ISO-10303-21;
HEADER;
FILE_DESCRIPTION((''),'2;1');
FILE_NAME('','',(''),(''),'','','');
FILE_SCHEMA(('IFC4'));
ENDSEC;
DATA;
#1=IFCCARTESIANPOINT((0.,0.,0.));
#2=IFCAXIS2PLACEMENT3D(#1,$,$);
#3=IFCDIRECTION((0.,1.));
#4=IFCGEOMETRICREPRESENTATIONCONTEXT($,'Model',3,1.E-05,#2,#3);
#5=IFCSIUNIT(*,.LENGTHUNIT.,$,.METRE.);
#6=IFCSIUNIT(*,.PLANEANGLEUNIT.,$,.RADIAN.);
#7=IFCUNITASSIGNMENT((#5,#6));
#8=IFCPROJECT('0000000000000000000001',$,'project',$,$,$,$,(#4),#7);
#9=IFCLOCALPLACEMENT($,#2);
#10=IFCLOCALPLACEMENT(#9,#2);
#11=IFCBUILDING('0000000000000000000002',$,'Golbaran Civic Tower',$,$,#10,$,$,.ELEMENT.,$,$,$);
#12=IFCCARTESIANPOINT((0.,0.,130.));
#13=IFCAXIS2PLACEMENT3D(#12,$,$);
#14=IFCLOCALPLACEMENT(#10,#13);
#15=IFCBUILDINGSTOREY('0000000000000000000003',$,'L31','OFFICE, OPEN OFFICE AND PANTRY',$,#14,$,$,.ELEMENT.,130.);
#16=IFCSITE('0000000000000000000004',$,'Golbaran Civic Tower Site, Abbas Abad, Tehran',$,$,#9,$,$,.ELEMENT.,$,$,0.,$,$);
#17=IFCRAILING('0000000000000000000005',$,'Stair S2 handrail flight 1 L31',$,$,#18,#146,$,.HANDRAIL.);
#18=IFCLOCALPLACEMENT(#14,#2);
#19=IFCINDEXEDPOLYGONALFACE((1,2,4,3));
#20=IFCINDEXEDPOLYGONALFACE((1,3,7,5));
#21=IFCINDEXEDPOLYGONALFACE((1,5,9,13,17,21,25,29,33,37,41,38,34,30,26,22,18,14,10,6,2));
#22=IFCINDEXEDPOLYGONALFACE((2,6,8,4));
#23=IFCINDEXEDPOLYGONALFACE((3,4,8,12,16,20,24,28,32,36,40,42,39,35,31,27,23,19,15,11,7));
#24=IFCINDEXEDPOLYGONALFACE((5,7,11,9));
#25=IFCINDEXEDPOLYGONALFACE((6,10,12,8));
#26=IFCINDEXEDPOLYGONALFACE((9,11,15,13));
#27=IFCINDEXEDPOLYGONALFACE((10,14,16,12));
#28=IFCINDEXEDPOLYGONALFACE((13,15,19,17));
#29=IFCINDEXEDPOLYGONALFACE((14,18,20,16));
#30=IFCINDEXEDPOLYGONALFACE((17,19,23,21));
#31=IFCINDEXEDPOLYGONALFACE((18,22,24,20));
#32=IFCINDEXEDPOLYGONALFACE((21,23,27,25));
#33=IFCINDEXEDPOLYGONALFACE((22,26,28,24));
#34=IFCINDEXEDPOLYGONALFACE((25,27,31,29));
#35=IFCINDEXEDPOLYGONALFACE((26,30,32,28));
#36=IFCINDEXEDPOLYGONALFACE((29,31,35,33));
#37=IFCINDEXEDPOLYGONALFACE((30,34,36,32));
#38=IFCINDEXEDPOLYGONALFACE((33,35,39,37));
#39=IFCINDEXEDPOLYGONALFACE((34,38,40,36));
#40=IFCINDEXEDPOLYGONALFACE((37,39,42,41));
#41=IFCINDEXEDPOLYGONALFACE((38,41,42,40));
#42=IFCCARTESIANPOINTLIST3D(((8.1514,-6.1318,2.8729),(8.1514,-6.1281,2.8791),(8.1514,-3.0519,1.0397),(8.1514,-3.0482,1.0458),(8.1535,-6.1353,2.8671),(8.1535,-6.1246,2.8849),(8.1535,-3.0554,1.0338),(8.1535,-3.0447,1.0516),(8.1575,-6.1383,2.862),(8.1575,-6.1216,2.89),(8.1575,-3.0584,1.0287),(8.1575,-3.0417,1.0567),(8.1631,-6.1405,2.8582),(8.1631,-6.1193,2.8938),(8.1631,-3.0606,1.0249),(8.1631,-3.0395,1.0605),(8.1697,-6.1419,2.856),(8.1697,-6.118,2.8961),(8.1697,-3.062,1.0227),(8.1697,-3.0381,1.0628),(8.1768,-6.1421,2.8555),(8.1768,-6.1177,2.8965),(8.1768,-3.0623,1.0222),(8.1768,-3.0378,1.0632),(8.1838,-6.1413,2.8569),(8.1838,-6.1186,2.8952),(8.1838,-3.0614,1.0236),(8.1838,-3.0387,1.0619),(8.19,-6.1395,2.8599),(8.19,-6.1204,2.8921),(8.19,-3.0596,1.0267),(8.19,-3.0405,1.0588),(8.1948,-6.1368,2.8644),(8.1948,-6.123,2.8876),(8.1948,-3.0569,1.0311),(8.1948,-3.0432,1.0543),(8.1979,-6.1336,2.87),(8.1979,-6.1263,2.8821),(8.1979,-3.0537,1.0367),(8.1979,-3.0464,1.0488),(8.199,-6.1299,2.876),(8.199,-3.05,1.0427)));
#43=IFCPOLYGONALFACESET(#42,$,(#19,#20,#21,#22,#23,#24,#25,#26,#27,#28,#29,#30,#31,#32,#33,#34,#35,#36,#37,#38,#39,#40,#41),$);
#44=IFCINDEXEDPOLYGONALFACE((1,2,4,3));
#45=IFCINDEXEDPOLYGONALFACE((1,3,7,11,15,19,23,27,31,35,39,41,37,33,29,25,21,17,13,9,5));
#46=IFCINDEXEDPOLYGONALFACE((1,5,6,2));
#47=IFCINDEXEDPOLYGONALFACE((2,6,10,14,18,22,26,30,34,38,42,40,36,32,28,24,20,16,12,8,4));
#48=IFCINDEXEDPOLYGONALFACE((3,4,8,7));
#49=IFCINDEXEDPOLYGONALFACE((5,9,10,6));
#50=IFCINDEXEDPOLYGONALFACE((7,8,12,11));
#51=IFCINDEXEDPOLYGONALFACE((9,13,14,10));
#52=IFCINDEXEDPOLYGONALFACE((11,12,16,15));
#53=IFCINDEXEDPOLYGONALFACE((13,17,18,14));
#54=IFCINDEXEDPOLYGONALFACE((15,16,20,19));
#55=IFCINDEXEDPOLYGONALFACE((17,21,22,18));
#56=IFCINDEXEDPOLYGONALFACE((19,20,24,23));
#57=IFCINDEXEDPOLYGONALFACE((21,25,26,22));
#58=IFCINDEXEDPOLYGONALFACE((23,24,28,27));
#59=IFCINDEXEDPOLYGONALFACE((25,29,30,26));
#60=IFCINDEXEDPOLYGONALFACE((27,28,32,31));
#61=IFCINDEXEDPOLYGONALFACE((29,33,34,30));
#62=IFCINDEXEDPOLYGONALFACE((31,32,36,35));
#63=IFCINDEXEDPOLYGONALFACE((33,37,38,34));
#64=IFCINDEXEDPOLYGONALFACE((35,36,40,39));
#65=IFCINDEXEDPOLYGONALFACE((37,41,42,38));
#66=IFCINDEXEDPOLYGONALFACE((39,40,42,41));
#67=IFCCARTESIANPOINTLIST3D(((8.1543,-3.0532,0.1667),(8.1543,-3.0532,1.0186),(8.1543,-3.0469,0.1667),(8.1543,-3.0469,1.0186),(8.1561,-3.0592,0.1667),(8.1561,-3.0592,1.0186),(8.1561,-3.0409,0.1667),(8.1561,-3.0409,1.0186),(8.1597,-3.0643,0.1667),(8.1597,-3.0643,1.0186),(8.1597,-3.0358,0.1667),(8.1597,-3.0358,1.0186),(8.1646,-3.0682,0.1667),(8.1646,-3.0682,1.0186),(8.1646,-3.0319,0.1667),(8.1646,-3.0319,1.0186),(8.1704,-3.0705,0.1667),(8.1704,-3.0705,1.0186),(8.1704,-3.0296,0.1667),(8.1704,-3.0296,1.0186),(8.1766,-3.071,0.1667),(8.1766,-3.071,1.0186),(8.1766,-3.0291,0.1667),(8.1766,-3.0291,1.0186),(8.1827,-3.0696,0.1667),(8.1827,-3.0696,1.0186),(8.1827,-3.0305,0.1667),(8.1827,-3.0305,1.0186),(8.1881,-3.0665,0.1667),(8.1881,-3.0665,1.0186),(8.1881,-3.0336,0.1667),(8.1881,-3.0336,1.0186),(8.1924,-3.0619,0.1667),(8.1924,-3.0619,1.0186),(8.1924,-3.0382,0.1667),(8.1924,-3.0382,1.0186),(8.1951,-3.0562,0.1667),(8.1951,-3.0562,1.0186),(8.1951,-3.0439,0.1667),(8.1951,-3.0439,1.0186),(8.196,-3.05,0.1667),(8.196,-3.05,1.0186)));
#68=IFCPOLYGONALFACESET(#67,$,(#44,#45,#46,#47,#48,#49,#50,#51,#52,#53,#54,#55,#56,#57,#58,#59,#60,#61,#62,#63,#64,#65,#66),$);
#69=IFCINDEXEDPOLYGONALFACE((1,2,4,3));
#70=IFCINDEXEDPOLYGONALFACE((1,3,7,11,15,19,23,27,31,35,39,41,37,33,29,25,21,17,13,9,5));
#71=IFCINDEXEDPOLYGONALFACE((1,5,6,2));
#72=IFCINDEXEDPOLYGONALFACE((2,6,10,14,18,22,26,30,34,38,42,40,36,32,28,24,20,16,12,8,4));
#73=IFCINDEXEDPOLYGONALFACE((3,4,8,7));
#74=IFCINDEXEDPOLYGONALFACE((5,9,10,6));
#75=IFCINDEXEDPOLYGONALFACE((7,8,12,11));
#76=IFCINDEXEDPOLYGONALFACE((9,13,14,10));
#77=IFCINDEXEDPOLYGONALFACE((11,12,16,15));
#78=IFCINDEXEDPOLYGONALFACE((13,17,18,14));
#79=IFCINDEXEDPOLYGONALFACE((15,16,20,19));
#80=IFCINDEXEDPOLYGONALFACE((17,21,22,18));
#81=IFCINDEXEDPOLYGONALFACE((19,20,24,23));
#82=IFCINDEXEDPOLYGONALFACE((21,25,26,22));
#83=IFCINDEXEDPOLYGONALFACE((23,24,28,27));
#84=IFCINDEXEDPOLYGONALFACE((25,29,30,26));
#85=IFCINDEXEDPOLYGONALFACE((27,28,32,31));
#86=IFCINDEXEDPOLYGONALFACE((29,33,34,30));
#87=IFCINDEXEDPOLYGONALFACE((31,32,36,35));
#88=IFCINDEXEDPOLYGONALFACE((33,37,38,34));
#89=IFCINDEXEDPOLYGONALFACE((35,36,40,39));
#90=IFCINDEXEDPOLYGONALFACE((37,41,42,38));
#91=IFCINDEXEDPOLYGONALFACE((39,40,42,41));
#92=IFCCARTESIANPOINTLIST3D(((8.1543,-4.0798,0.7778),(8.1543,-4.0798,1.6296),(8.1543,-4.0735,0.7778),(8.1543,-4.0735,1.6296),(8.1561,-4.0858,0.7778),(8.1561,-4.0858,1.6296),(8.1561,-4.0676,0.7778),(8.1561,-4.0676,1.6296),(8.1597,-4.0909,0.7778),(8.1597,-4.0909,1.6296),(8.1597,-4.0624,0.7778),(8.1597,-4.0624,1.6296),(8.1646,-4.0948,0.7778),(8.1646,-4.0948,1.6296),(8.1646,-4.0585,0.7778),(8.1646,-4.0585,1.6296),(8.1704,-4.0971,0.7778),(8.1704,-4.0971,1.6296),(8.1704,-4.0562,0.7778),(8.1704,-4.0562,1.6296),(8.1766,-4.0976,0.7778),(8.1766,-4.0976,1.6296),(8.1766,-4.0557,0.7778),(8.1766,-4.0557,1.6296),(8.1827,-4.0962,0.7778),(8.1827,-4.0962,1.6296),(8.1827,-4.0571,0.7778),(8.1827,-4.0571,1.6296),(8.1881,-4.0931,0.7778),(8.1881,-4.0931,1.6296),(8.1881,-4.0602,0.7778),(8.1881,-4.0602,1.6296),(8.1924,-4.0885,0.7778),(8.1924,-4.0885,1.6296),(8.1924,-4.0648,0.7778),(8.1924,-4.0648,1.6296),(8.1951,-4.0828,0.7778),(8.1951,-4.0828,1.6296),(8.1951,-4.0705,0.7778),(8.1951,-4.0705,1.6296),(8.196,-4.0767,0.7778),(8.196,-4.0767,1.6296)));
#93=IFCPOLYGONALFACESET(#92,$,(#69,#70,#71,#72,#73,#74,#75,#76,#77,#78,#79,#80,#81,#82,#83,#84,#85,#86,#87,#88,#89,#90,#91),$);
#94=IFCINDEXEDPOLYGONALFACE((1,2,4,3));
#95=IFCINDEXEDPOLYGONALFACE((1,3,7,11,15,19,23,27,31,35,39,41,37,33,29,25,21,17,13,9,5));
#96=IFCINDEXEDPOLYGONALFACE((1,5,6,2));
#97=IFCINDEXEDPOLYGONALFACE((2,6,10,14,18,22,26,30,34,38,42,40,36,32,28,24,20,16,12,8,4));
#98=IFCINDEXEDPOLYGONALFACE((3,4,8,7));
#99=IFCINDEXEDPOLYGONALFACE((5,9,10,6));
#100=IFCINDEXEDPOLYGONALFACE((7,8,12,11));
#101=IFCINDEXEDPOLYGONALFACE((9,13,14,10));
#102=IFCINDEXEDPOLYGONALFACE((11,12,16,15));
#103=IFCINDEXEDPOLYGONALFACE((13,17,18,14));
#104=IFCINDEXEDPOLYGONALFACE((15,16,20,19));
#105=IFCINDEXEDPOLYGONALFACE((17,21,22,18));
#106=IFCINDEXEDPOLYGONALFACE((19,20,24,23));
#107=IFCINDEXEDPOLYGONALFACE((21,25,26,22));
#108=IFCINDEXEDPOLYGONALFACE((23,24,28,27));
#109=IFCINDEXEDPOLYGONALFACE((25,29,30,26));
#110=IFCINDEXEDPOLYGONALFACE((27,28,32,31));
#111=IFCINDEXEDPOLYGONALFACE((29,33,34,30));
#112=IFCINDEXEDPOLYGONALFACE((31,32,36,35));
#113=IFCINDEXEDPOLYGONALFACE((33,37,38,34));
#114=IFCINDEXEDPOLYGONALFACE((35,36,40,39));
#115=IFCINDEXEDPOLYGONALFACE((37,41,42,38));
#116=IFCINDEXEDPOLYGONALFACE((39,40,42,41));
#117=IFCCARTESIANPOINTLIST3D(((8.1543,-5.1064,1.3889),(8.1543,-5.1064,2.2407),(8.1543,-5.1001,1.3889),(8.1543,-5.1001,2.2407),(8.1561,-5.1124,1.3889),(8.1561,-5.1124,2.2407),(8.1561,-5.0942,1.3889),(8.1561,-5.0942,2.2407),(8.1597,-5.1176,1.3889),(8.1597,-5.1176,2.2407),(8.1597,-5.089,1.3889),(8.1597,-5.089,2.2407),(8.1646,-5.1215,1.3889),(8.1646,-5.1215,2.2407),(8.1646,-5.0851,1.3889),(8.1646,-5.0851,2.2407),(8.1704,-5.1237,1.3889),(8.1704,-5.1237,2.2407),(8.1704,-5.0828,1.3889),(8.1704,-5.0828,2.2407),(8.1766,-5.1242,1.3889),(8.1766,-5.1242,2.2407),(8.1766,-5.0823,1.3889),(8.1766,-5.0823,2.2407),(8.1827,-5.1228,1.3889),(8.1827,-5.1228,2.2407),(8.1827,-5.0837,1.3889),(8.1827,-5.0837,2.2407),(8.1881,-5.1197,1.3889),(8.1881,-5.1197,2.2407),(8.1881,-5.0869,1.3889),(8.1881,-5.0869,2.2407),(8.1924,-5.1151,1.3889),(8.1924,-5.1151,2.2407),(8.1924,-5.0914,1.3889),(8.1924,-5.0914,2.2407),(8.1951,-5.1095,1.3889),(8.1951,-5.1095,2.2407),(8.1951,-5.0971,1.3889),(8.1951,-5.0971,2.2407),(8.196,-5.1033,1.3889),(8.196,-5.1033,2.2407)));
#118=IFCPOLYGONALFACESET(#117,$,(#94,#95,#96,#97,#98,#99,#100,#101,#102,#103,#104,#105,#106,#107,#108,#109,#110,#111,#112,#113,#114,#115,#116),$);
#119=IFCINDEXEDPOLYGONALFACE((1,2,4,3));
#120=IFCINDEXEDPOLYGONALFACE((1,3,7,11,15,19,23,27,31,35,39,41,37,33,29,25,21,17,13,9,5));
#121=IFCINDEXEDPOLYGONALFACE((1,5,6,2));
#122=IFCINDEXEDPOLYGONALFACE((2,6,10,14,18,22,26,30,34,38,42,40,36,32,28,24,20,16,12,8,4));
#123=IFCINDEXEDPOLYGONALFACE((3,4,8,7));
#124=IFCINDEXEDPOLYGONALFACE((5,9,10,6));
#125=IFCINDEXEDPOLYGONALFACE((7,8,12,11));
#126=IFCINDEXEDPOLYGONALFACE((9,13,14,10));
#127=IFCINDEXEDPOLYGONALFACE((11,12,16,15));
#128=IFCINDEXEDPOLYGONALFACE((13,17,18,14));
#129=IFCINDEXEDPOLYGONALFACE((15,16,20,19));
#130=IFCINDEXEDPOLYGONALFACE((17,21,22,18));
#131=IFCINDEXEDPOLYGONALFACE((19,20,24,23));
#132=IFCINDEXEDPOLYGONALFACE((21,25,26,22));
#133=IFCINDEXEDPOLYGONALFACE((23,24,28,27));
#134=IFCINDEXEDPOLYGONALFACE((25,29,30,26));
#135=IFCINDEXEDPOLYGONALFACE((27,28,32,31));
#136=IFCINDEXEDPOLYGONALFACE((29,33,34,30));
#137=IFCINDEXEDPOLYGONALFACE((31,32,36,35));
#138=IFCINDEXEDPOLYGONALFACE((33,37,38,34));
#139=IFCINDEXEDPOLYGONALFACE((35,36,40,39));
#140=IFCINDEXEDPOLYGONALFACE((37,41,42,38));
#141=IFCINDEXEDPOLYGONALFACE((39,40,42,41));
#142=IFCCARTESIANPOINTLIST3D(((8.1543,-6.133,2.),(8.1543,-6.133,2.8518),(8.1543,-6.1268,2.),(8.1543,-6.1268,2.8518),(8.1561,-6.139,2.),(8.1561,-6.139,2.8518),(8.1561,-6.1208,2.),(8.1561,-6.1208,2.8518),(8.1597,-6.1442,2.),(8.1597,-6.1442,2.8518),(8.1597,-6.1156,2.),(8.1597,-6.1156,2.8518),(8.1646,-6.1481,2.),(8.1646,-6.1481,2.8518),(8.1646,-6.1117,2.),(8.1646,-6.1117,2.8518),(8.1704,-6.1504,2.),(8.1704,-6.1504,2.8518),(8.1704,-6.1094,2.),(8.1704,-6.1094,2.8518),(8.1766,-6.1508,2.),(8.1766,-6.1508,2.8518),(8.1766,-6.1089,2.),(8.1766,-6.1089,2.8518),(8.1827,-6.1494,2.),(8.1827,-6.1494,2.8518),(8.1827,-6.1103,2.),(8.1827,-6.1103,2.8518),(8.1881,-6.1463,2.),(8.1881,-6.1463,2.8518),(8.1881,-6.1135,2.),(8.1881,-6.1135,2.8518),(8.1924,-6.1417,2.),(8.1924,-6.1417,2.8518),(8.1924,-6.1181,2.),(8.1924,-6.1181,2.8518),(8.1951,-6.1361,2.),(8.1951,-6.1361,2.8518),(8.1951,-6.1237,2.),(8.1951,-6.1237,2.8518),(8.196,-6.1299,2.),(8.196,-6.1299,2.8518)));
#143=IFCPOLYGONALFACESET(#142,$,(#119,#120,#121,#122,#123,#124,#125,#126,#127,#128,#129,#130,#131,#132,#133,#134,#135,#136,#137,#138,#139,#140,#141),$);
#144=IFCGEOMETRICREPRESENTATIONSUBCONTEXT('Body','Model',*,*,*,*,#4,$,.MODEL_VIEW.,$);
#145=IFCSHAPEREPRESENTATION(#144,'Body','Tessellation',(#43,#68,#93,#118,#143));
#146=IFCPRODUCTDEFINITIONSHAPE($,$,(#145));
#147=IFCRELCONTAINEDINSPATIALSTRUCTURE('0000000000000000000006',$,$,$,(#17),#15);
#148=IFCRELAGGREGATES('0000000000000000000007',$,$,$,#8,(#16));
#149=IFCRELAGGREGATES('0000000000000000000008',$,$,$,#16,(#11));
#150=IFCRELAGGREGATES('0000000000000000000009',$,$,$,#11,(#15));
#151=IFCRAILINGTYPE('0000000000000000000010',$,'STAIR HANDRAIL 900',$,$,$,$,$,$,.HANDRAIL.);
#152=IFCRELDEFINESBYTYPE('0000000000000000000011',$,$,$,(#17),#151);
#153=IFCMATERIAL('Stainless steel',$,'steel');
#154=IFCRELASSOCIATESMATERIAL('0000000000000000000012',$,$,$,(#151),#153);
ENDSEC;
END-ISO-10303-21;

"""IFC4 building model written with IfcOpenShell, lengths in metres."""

from ifc_helpers import new_model, si_unit, direction, frame, origin, origin_2d, place, context, subcontext, project, spatial, circle, extrude, material, type_object, element, save


model = new_model("IFC4")

# Units and contexts
model_context = context("Model", 3, precision=1e-05, world=origin(), true_north=direction((0.0, 1.0)))
body_context = subcontext(model_context, "Body", "Model", "MODEL_VIEW")
ifc_project = project(units=[si_unit("LENGTHUNIT", "METRE"), si_unit("PLANEANGLEUNIT", "RADIAN")], contexts=[model_context])

# Site, building, storey
site_placement = place(None, origin())
site = spatial("IfcSite", under=ifc_project, at=site_placement, Name="Golbaran Civic Tower Site, Abbas Abad, Tehran", CompositionType="ELEMENT", RefElevation=0.0)
building_placement = place(site_placement, origin())
building = spatial("IfcBuilding", under=site, at=building_placement, Name="Golbaran Civic Tower", CompositionType="ELEMENT")
storey_placement = place(building_placement, frame((0.0, 0.0, 130.0)))
storey = spatial("IfcBuildingStorey", under=building, at=storey_placement, Name="L31", Description="OFFICE, OPEN OFFICE AND PANTRY", CompositionType="ELEMENT", Elevation=130.0)

# Shared definitions
ifc_material_1 = material(Name="Stainless steel", Category="steel")

# Railing
railing_type = type_object("IfcRailingType", Name="STAIR HANDRAIL 900", PredefinedType="HANDRAIL", material=ifc_material_1)
railing_1_placement = place(storey_placement, frame((8.175, -3.05, 0.1667)))
element("IfcRailing", 1, at=railing_1_placement, inside=storey, type_object=railing_type, Name="Stair S2 handrail flight 1 L31", PredefinedType="HANDRAIL", context=body_context, shape_type="SweptSolid", body=[
    extrude(circle(Radius=0.0239, at=origin_2d()), frame((0.0, 0.0, 0.876), z_axis=(0.0, -0.859291, 0.511487), x_axis=(1.0, 0.0, 0.0)), (0.0, 0.0, 1.0), 3.5842),
    extrude(circle(Radius=0.021, at=origin_2d()), origin(), (0.0, 0.0, 1.0), 0.8518),
    extrude(circle(Radius=0.021, at=origin_2d()), frame((0.0, -1.0266, 0.6111)), (0.0, 0.0, 1.0), 0.8518),
    extrude(circle(Radius=0.021, at=origin_2d()), frame((0.0, -2.0532, 1.2222)), (0.0, 0.0, 1.0), 0.8518),
    extrude(circle(Radius=0.021, at=origin_2d()), frame((0.0, -3.0798, 1.8333)), (0.0, 0.0, 1.0), 0.8518),
])

save(model, "model.ifc")
